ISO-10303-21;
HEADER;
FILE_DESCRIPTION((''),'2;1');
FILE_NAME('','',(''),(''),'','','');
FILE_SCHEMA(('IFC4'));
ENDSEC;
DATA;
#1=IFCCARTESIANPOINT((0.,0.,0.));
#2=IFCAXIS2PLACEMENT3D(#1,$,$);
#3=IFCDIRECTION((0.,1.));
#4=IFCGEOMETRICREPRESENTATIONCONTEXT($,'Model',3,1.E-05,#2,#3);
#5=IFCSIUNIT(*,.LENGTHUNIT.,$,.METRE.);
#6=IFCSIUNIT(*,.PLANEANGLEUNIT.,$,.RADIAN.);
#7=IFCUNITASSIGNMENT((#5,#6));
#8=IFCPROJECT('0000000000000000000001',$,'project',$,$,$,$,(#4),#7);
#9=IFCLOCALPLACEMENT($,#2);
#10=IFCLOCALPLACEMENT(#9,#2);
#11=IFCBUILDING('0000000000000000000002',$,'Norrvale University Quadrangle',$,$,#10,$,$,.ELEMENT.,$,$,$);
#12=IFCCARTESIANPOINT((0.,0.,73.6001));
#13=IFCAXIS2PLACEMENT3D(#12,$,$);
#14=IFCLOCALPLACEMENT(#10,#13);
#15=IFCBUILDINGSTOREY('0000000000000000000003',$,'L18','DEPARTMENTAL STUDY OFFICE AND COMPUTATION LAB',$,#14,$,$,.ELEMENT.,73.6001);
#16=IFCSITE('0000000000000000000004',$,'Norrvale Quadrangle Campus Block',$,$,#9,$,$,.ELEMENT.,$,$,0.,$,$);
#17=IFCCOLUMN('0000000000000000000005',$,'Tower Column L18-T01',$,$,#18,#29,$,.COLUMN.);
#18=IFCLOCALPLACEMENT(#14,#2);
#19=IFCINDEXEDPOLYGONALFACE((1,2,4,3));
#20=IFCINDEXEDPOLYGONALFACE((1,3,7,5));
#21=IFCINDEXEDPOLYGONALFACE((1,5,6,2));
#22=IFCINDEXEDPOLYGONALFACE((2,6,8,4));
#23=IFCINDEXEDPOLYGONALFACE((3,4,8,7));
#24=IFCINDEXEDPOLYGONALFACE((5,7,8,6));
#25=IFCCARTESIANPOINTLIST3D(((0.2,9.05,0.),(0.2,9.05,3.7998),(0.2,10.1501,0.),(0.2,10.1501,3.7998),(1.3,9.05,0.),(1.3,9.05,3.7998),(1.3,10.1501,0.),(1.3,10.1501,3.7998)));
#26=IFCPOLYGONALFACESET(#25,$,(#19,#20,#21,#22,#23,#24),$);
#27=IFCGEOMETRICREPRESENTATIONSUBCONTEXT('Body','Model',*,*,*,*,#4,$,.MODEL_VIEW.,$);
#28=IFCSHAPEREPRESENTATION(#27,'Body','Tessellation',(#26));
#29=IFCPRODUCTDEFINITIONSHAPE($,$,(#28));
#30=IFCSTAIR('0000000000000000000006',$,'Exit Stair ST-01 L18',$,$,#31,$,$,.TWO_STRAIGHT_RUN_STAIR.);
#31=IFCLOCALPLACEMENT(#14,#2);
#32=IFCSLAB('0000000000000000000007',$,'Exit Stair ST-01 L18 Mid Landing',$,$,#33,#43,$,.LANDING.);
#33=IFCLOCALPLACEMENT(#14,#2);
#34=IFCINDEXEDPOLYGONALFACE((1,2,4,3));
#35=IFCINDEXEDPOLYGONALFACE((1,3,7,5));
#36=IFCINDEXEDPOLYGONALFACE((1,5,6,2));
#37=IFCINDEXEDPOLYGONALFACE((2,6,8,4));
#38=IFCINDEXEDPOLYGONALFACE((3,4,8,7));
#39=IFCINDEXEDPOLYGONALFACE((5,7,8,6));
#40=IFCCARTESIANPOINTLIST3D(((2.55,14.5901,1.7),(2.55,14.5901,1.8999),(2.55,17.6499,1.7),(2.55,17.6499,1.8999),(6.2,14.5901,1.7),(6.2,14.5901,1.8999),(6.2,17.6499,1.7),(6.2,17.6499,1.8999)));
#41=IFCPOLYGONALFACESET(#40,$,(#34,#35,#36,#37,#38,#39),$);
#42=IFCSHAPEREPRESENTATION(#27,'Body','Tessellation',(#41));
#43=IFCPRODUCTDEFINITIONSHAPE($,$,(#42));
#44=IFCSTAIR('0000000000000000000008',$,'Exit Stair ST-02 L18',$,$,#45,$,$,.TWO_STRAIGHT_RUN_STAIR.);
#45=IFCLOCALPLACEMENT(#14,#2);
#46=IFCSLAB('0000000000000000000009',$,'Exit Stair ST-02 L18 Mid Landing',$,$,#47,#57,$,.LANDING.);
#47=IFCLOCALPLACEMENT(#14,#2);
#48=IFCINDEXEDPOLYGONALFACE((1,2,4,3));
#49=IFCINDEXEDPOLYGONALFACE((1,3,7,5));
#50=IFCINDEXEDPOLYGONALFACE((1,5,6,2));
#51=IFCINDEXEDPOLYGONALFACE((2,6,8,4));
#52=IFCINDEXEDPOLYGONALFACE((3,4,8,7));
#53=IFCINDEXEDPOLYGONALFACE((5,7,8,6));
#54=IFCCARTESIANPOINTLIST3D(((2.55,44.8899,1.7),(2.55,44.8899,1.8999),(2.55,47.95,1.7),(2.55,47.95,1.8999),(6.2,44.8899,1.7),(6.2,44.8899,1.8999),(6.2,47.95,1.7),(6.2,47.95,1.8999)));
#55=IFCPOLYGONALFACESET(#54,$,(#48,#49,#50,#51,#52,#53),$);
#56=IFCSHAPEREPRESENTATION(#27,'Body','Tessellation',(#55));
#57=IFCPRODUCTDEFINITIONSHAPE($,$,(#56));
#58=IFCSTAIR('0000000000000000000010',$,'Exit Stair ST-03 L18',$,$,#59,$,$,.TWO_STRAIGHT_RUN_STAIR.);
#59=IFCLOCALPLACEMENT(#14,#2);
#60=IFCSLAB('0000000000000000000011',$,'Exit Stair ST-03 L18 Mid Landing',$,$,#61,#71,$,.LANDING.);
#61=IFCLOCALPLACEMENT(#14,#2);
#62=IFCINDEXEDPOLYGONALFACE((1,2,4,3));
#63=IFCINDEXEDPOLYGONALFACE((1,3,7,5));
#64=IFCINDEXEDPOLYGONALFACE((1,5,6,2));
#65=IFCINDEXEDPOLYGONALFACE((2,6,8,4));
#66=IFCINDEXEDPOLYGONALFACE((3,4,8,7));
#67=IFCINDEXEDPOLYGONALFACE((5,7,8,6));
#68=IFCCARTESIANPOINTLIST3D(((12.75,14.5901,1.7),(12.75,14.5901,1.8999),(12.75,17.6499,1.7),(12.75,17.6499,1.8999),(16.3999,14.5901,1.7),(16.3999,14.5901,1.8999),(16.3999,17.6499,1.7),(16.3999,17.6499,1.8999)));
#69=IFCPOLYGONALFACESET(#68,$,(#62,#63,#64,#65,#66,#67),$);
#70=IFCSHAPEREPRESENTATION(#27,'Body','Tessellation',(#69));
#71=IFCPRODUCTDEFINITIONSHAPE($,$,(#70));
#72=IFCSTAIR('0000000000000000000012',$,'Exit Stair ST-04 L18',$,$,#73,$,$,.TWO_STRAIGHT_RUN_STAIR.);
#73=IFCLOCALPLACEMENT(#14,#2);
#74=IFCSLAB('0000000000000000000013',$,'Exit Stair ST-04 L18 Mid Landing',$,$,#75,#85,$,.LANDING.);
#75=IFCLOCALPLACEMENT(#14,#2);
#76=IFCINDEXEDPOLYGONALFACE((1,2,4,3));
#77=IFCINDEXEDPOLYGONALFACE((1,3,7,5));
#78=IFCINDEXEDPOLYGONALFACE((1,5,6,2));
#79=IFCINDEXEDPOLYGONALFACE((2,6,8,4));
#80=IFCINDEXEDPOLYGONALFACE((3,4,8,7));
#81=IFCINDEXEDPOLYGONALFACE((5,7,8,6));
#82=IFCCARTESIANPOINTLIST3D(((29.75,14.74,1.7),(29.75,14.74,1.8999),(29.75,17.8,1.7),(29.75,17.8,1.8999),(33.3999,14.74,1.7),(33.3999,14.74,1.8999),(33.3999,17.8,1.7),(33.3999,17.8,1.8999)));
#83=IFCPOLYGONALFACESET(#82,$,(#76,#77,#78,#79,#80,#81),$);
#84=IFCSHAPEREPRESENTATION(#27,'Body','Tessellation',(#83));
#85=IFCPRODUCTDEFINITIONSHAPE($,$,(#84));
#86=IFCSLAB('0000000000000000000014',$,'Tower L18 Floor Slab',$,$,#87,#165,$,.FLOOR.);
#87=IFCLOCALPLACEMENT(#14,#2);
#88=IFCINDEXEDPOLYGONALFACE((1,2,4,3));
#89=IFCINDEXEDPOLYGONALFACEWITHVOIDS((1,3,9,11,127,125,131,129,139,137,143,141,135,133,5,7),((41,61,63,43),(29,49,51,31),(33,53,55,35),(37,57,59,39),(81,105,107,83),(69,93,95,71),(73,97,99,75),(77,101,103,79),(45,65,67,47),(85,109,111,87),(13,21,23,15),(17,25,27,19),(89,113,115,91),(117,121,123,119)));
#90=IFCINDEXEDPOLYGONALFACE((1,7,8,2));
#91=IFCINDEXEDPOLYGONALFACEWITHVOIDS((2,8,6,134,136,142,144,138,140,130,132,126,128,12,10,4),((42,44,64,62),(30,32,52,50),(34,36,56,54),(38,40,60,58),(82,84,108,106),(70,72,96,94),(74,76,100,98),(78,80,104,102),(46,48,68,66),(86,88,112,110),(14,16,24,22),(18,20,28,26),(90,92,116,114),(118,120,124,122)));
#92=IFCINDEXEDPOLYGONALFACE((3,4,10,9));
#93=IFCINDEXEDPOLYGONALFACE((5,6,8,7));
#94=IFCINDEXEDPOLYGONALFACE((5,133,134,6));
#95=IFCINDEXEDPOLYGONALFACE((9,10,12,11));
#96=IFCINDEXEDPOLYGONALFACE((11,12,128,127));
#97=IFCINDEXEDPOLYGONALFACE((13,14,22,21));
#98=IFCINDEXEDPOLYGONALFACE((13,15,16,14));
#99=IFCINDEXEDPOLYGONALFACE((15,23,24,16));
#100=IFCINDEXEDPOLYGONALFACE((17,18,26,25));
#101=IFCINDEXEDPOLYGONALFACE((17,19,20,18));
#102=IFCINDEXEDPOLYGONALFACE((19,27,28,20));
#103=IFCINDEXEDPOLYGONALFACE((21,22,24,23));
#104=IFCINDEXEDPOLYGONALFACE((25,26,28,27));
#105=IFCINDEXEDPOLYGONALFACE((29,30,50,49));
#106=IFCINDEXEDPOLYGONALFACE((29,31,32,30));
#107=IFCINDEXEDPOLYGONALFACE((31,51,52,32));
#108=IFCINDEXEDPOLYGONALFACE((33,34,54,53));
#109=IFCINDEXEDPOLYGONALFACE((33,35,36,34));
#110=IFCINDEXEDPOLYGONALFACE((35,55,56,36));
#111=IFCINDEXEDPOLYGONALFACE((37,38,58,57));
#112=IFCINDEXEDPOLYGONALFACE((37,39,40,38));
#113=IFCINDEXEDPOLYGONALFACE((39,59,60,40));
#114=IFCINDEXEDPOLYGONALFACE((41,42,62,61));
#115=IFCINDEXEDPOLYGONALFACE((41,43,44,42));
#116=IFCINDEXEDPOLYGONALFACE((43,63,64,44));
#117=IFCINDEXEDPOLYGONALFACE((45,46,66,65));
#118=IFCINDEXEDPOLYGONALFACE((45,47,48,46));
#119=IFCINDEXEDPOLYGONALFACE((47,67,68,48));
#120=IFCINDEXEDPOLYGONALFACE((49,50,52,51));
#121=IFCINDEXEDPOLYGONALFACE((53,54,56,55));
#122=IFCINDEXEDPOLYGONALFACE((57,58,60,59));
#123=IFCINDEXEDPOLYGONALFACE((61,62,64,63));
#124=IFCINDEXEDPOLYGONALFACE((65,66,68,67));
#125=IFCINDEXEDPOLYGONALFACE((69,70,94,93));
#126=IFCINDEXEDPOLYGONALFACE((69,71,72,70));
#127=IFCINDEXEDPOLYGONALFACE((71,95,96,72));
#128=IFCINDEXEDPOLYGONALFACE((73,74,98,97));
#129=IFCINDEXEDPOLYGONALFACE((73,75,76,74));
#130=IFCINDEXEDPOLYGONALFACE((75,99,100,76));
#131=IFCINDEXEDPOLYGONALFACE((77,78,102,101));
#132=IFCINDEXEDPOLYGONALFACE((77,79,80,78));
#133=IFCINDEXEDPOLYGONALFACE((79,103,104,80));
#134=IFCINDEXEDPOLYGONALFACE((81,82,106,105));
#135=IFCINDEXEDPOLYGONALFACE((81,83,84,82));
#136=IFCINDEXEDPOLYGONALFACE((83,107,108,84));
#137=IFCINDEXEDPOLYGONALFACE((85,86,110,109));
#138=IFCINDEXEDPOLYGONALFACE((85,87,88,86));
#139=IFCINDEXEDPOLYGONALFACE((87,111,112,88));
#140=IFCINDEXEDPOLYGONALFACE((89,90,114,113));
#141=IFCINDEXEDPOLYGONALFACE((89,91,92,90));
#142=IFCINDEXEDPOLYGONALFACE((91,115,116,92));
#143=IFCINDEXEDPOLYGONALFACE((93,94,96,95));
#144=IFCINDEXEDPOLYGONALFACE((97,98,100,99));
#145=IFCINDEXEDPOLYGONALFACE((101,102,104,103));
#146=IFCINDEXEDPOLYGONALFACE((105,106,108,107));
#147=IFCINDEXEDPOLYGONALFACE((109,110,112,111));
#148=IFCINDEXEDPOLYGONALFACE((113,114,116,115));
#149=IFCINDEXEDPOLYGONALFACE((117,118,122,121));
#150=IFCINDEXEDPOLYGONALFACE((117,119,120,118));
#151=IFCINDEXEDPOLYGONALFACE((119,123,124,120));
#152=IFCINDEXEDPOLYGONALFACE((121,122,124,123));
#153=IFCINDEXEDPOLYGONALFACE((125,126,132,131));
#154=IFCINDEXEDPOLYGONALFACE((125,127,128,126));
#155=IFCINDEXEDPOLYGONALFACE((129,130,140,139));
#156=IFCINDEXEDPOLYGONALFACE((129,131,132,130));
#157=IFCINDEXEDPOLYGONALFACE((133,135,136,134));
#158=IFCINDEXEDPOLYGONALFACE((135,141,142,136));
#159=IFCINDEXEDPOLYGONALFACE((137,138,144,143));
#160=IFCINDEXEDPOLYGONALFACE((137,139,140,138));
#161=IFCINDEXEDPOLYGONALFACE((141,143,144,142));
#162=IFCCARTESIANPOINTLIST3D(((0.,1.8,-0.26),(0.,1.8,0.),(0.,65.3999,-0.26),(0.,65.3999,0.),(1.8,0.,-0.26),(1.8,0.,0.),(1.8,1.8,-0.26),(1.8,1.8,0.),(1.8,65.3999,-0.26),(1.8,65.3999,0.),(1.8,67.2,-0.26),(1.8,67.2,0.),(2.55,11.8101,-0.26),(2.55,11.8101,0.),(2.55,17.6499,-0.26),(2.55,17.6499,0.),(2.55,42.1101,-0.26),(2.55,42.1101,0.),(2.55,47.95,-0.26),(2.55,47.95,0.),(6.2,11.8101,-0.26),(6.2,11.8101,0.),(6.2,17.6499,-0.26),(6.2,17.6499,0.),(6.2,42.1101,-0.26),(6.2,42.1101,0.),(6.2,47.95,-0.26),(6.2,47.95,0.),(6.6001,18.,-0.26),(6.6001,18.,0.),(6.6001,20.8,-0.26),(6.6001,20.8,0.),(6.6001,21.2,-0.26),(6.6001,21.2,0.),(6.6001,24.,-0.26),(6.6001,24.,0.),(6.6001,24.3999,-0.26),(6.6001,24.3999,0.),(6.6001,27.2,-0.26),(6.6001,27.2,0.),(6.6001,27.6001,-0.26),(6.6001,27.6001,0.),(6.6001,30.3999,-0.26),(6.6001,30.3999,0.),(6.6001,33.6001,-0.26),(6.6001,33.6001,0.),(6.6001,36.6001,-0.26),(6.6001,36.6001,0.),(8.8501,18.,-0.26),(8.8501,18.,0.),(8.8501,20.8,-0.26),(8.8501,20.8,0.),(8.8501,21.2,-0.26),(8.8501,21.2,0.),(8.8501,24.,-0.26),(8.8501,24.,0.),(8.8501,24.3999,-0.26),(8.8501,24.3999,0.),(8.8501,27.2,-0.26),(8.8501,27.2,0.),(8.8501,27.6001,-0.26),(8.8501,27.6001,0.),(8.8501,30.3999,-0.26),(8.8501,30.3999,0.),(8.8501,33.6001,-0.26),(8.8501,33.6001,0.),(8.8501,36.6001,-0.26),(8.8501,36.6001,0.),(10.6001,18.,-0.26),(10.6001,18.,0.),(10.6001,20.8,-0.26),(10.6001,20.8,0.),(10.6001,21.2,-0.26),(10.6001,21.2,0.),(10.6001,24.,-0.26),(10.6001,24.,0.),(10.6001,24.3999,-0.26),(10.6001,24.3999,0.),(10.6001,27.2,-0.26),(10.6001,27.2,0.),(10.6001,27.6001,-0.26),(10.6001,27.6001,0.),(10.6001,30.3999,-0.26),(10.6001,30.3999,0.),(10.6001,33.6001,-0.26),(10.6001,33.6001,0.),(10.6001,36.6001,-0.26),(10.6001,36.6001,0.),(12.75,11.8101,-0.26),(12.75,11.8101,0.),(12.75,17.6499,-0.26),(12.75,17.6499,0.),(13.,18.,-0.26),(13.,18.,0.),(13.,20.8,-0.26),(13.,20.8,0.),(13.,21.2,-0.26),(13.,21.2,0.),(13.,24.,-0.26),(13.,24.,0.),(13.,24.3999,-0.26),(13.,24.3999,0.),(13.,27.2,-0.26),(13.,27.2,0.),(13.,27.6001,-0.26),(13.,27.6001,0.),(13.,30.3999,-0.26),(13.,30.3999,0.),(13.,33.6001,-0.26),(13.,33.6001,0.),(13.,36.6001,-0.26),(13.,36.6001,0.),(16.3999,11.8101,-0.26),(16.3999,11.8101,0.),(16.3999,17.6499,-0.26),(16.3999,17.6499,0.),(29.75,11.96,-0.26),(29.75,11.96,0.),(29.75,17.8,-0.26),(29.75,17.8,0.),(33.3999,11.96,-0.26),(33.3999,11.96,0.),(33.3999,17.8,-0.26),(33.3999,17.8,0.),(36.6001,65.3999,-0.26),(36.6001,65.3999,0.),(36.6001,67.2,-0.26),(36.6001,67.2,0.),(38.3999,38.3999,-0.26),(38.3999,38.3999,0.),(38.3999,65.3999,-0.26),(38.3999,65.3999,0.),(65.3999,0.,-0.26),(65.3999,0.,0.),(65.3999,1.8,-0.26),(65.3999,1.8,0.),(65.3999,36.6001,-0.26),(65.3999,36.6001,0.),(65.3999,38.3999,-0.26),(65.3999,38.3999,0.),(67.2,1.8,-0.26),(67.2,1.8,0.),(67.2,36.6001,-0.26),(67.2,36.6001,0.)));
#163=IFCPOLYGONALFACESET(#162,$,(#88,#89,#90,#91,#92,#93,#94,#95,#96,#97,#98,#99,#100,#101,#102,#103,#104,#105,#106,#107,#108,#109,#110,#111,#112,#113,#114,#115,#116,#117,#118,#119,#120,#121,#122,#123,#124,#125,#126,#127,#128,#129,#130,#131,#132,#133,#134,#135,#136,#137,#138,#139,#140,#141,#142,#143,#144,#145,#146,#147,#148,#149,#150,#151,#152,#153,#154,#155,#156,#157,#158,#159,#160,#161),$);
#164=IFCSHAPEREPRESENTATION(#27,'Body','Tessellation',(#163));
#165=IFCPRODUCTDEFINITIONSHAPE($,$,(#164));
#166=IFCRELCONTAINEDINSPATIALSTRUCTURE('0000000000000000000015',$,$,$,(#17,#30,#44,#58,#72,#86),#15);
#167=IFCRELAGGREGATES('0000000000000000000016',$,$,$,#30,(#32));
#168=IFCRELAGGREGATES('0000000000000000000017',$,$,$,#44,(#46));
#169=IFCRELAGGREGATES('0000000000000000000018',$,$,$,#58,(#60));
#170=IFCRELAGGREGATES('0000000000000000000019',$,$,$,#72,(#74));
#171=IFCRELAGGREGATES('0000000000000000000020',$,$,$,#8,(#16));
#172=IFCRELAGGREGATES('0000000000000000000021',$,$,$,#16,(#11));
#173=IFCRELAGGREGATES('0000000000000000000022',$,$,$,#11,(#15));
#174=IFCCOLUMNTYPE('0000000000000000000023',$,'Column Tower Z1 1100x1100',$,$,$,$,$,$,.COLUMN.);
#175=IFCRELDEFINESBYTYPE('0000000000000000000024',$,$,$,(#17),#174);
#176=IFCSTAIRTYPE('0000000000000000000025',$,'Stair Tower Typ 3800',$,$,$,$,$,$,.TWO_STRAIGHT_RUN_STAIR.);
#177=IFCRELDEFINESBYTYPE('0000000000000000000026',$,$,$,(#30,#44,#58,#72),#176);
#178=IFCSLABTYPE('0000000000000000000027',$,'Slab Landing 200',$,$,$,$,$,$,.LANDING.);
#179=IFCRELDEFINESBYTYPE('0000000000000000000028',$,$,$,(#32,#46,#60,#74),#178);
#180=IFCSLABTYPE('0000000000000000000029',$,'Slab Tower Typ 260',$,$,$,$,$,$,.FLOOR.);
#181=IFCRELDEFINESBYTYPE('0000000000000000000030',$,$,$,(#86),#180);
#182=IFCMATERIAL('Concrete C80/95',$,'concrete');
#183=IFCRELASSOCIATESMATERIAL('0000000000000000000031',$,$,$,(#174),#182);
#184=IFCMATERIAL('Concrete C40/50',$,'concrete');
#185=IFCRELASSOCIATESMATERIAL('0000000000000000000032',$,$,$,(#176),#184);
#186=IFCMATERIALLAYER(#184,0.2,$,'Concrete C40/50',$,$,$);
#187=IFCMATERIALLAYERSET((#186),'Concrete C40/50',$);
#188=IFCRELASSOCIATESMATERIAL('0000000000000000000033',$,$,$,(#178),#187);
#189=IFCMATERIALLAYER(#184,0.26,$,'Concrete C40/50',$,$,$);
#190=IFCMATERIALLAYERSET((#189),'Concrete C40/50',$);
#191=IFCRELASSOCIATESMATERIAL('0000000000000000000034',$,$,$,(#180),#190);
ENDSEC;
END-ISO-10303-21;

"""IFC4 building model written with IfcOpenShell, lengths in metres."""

from ifc_helpers import new_model, si_unit, direction, frame, origin, origin_2d, place, context, subcontext, project, spatial, polyline, rectangle, outline, extrude, material, layer, layer_set, material_profile, profile_set, type_object, element, aggregate, save


model = new_model("IFC4")

# Units and contexts
model_context = context("Model", 3, precision=1e-05, world=origin(), true_north=direction((0.0, 1.0)))
body_context = subcontext(model_context, "Body", "Model", "MODEL_VIEW")
ifc_project = project(units=[si_unit("LENGTHUNIT", "METRE"), si_unit("PLANEANGLEUNIT", "RADIAN")], contexts=[model_context])

# Site, building, storey
site_placement = place(None, origin())
site = spatial("IfcSite", under=ifc_project, at=site_placement, Name="Norrvale Quadrangle Campus Block", CompositionType="ELEMENT", RefElevation=0.0)
building_placement = place(site_placement, origin())
building = spatial("IfcBuilding", under=site, at=building_placement, Name="Norrvale University Quadrangle", CompositionType="ELEMENT")
storey_placement = place(building_placement, frame((0.0, 0.0, 73.6001)))
storey = spatial("IfcBuildingStorey", under=building, at=storey_placement, Name="L18", Description="DEPARTMENTAL STUDY OFFICE AND COMPUTATION LAB", CompositionType="ELEMENT", Elevation=73.6001)

# Column
ifc_material_1 = material(Name="Concrete C80/95", Category="concrete")
ifc_material_profile = material_profile(ifc_material_1, rectangle(XDim=1.1001, YDim=1.1001, at=origin_2d()), Name="Concrete C80/95")
ifc_profile_set = profile_set([ifc_material_profile], Name="Concrete C80/95")
column_type = type_object("IfcColumnType", Name="Column Tower Z1 1100x1100", PredefinedType="COLUMN", material=ifc_profile_set)
column_placement = place(storey_placement, frame((0.75, 9.6001, 0.0), z_axis=(0.0, 0.0, 1.0), x_axis=(1.0, 0.0, 0.0)))
element("IfcColumn", 1, at=column_placement, inside=storey, type_object=column_type, Name="Tower Column L18-T01", PredefinedType="COLUMN", context=body_context, shape_type="SweptSolid", body=[
    extrude(rectangle(XDim=1.1001, YDim=1.1001, at=origin_2d()), origin(), (0.0, 0.0, 1.0), 3.7998),
])

# Stairs, slabs
ifc_material_2 = material(Name="Concrete C40/50", Category="concrete")
stair_type = type_object("IfcStairType", Name="Stair Tower Typ 3800", PredefinedType="TWO_STRAIGHT_RUN_STAIR", material=ifc_material_2)
stair_1_placement = place(storey_placement, origin())
stair_1 = element("IfcStair", 2, at=stair_1_placement, inside=storey, type_object=stair_type, Name="Exit Stair ST-01 L18", PredefinedType="TWO_STRAIGHT_RUN_STAIR")
ifc_layer_1 = layer(ifc_material_2, 0.2, Name="Concrete C40/50")
ifc_layer_set_1 = layer_set([ifc_layer_1], Name="Concrete C40/50")
slab_type_1 = type_object("IfcSlabType", Name="Slab Landing 200", PredefinedType="LANDING", material=ifc_layer_set_1)
slab_1_placement = place(storey_placement, frame((0.0, 0.0, 1.7)))
slab_1 = element("IfcSlab", 3, at=slab_1_placement, type_object=slab_type_1, Name="Exit Stair ST-01 L18 Mid Landing", PredefinedType="LANDING", context=body_context, shape_type="SweptSolid", body=[
    extrude(outline(polyline([(2.55, 14.5901), (6.2, 14.5901), (6.2, 17.6499), (2.55, 17.6499), (2.55, 14.5901)])), origin(), (0.0, 0.0, 1.0), 0.2),
])
aggregate(stair_1, [slab_1])
stair_2_placement = place(storey_placement, origin())
stair_2 = element("IfcStair", 4, at=stair_2_placement, inside=storey, type_object=stair_type, Name="Exit Stair ST-02 L18", PredefinedType="TWO_STRAIGHT_RUN_STAIR")
slab_2_placement = place(storey_placement, frame((0.0, 0.0, 1.7)))
slab_2 = element("IfcSlab", 5, at=slab_2_placement, type_object=slab_type_1, Name="Exit Stair ST-02 L18 Mid Landing", PredefinedType="LANDING", context=body_context, shape_type="SweptSolid", body=[
    extrude(outline(polyline([(2.55, 44.8899), (6.2, 44.8899), (6.2, 47.95), (2.55, 47.95), (2.55, 44.8899)])), origin(), (0.0, 0.0, 1.0), 0.2),
])
aggregate(stair_2, [slab_2])
stair_3_placement = place(storey_placement, origin())
stair_3 = element("IfcStair", 6, at=stair_3_placement, inside=storey, type_object=stair_type, Name="Exit Stair ST-03 L18", PredefinedType="TWO_STRAIGHT_RUN_STAIR")
slab_3_placement = place(storey_placement, frame((0.0, 0.0, 1.7)))
slab_3 = element("IfcSlab", 7, at=slab_3_placement, type_object=slab_type_1, Name="Exit Stair ST-03 L18 Mid Landing", PredefinedType="LANDING", context=body_context, shape_type="SweptSolid", body=[
    extrude(outline(polyline([(12.75, 14.5901), (16.3999, 14.5901), (16.3999, 17.6499), (12.75, 17.6499), (12.75, 14.5901)])), origin(), (0.0, 0.0, 1.0), 0.2),
])
aggregate(stair_3, [slab_3])
stair_4_placement = place(storey_placement, origin())
stair_4 = element("IfcStair", 8, at=stair_4_placement, inside=storey, type_object=stair_type, Name="Exit Stair ST-04 L18", PredefinedType="TWO_STRAIGHT_RUN_STAIR")
slab_4_placement = place(storey_placement, frame((0.0, 0.0, 1.7)))
slab_4 = element("IfcSlab", 9, at=slab_4_placement, type_object=slab_type_1, Name="Exit Stair ST-04 L18 Mid Landing", PredefinedType="LANDING", context=body_context, shape_type="SweptSolid", body=[
    extrude(outline(polyline([(29.75, 14.74), (33.3999, 14.74), (33.3999, 17.8), (29.75, 17.8), (29.75, 14.74)])), origin(), (0.0, 0.0, 1.0), 0.2),
])
aggregate(stair_4, [slab_4])

# Slab
ifc_layer_2 = layer(ifc_material_2, 0.26, Name="Concrete C40/50")
ifc_layer_set_2 = layer_set([ifc_layer_2], Name="Concrete C40/50")
slab_type_2 = type_object("IfcSlabType", Name="Slab Tower Typ 260", PredefinedType="FLOOR", material=ifc_layer_set_2)
slab_5_placement = place(storey_placement, frame((0.0, 0.0, -0.26)))
element("IfcSlab", 10, at=slab_5_placement, inside=storey, type_object=slab_type_2, Name="Tower L18 Floor Slab", PredefinedType="FLOOR", context=body_context, shape_type="SweptSolid", body=[
    extrude(outline(polyline([(1.8, 0.0), (65.3999, 0.0), (65.3999, 1.8), (67.2, 1.8), (67.2, 36.6001), (65.3999, 36.6001), (65.3999, 38.3999), (38.3999, 38.3999), (38.3999, 65.3999), (36.6001, 65.3999), (36.6001, 67.2), (1.8, 67.2), (1.8, 65.3999), (0.0, 65.3999), (0.0, 1.8), (1.8, 1.8), (1.8, 0.0)]), holes=[polyline([(2.55, 11.8101), (6.2, 11.8101), (6.2, 17.6499), (2.55, 17.6499), (2.55, 11.8101)]), polyline([(2.55, 42.1101), (6.2, 42.1101), (6.2, 47.95), (2.55, 47.95), (2.55, 42.1101)]), polyline([(12.75, 11.8101), (16.3999, 11.8101), (16.3999, 17.6499), (12.75, 17.6499), (12.75, 11.8101)]), polyline([(29.75, 11.96), (33.3999, 11.96), (33.3999, 17.8), (29.75, 17.8), (29.75, 11.96)]), polyline([(6.6001, 18.0), (8.8501, 18.0), (8.8501, 20.8), (6.6001, 20.8), (6.6001, 18.0)]), polyline([(6.6001, 21.2), (8.8501, 21.2), (8.8501, 24.0), (6.6001, 24.0), (6.6001, 21.2)]), polyline([(6.6001, 24.3999), (8.8501, 24.3999), (8.8501, 27.2), (6.6001, 27.2), (6.6001, 24.3999)]), polyline([(6.6001, 27.6001), (8.8501, 27.6001), (8.8501, 30.3999), (6.6001, 30.3999), (6.6001, 27.6001)]), polyline([(10.6001, 18.0), (13.0, 18.0), (13.0, 20.8), (10.6001, 20.8), (10.6001, 18.0)]), polyline([(10.6001, 21.2), (13.0, 21.2), (13.0, 24.0), (10.6001, 24.0), (10.6001, 21.2)]), polyline([(10.6001, 24.3999), (13.0, 24.3999), (13.0, 27.2), (10.6001, 27.2), (10.6001, 24.3999)]), polyline([(10.6001, 27.6001), (13.0, 27.6001), (13.0, 30.3999), (10.6001, 30.3999), (10.6001, 27.6001)]), polyline([(6.6001, 33.6001), (8.8501, 33.6001), (8.8501, 36.6001), (6.6001, 36.6001), (6.6001, 33.6001)]), polyline([(10.6001, 33.6001), (13.0, 33.6001), (13.0, 36.6001), (10.6001, 36.6001), (10.6001, 33.6001)])]), origin(), (0.0, 0.0, 1.0), 0.26),
])

save(model, "model.ifc")
